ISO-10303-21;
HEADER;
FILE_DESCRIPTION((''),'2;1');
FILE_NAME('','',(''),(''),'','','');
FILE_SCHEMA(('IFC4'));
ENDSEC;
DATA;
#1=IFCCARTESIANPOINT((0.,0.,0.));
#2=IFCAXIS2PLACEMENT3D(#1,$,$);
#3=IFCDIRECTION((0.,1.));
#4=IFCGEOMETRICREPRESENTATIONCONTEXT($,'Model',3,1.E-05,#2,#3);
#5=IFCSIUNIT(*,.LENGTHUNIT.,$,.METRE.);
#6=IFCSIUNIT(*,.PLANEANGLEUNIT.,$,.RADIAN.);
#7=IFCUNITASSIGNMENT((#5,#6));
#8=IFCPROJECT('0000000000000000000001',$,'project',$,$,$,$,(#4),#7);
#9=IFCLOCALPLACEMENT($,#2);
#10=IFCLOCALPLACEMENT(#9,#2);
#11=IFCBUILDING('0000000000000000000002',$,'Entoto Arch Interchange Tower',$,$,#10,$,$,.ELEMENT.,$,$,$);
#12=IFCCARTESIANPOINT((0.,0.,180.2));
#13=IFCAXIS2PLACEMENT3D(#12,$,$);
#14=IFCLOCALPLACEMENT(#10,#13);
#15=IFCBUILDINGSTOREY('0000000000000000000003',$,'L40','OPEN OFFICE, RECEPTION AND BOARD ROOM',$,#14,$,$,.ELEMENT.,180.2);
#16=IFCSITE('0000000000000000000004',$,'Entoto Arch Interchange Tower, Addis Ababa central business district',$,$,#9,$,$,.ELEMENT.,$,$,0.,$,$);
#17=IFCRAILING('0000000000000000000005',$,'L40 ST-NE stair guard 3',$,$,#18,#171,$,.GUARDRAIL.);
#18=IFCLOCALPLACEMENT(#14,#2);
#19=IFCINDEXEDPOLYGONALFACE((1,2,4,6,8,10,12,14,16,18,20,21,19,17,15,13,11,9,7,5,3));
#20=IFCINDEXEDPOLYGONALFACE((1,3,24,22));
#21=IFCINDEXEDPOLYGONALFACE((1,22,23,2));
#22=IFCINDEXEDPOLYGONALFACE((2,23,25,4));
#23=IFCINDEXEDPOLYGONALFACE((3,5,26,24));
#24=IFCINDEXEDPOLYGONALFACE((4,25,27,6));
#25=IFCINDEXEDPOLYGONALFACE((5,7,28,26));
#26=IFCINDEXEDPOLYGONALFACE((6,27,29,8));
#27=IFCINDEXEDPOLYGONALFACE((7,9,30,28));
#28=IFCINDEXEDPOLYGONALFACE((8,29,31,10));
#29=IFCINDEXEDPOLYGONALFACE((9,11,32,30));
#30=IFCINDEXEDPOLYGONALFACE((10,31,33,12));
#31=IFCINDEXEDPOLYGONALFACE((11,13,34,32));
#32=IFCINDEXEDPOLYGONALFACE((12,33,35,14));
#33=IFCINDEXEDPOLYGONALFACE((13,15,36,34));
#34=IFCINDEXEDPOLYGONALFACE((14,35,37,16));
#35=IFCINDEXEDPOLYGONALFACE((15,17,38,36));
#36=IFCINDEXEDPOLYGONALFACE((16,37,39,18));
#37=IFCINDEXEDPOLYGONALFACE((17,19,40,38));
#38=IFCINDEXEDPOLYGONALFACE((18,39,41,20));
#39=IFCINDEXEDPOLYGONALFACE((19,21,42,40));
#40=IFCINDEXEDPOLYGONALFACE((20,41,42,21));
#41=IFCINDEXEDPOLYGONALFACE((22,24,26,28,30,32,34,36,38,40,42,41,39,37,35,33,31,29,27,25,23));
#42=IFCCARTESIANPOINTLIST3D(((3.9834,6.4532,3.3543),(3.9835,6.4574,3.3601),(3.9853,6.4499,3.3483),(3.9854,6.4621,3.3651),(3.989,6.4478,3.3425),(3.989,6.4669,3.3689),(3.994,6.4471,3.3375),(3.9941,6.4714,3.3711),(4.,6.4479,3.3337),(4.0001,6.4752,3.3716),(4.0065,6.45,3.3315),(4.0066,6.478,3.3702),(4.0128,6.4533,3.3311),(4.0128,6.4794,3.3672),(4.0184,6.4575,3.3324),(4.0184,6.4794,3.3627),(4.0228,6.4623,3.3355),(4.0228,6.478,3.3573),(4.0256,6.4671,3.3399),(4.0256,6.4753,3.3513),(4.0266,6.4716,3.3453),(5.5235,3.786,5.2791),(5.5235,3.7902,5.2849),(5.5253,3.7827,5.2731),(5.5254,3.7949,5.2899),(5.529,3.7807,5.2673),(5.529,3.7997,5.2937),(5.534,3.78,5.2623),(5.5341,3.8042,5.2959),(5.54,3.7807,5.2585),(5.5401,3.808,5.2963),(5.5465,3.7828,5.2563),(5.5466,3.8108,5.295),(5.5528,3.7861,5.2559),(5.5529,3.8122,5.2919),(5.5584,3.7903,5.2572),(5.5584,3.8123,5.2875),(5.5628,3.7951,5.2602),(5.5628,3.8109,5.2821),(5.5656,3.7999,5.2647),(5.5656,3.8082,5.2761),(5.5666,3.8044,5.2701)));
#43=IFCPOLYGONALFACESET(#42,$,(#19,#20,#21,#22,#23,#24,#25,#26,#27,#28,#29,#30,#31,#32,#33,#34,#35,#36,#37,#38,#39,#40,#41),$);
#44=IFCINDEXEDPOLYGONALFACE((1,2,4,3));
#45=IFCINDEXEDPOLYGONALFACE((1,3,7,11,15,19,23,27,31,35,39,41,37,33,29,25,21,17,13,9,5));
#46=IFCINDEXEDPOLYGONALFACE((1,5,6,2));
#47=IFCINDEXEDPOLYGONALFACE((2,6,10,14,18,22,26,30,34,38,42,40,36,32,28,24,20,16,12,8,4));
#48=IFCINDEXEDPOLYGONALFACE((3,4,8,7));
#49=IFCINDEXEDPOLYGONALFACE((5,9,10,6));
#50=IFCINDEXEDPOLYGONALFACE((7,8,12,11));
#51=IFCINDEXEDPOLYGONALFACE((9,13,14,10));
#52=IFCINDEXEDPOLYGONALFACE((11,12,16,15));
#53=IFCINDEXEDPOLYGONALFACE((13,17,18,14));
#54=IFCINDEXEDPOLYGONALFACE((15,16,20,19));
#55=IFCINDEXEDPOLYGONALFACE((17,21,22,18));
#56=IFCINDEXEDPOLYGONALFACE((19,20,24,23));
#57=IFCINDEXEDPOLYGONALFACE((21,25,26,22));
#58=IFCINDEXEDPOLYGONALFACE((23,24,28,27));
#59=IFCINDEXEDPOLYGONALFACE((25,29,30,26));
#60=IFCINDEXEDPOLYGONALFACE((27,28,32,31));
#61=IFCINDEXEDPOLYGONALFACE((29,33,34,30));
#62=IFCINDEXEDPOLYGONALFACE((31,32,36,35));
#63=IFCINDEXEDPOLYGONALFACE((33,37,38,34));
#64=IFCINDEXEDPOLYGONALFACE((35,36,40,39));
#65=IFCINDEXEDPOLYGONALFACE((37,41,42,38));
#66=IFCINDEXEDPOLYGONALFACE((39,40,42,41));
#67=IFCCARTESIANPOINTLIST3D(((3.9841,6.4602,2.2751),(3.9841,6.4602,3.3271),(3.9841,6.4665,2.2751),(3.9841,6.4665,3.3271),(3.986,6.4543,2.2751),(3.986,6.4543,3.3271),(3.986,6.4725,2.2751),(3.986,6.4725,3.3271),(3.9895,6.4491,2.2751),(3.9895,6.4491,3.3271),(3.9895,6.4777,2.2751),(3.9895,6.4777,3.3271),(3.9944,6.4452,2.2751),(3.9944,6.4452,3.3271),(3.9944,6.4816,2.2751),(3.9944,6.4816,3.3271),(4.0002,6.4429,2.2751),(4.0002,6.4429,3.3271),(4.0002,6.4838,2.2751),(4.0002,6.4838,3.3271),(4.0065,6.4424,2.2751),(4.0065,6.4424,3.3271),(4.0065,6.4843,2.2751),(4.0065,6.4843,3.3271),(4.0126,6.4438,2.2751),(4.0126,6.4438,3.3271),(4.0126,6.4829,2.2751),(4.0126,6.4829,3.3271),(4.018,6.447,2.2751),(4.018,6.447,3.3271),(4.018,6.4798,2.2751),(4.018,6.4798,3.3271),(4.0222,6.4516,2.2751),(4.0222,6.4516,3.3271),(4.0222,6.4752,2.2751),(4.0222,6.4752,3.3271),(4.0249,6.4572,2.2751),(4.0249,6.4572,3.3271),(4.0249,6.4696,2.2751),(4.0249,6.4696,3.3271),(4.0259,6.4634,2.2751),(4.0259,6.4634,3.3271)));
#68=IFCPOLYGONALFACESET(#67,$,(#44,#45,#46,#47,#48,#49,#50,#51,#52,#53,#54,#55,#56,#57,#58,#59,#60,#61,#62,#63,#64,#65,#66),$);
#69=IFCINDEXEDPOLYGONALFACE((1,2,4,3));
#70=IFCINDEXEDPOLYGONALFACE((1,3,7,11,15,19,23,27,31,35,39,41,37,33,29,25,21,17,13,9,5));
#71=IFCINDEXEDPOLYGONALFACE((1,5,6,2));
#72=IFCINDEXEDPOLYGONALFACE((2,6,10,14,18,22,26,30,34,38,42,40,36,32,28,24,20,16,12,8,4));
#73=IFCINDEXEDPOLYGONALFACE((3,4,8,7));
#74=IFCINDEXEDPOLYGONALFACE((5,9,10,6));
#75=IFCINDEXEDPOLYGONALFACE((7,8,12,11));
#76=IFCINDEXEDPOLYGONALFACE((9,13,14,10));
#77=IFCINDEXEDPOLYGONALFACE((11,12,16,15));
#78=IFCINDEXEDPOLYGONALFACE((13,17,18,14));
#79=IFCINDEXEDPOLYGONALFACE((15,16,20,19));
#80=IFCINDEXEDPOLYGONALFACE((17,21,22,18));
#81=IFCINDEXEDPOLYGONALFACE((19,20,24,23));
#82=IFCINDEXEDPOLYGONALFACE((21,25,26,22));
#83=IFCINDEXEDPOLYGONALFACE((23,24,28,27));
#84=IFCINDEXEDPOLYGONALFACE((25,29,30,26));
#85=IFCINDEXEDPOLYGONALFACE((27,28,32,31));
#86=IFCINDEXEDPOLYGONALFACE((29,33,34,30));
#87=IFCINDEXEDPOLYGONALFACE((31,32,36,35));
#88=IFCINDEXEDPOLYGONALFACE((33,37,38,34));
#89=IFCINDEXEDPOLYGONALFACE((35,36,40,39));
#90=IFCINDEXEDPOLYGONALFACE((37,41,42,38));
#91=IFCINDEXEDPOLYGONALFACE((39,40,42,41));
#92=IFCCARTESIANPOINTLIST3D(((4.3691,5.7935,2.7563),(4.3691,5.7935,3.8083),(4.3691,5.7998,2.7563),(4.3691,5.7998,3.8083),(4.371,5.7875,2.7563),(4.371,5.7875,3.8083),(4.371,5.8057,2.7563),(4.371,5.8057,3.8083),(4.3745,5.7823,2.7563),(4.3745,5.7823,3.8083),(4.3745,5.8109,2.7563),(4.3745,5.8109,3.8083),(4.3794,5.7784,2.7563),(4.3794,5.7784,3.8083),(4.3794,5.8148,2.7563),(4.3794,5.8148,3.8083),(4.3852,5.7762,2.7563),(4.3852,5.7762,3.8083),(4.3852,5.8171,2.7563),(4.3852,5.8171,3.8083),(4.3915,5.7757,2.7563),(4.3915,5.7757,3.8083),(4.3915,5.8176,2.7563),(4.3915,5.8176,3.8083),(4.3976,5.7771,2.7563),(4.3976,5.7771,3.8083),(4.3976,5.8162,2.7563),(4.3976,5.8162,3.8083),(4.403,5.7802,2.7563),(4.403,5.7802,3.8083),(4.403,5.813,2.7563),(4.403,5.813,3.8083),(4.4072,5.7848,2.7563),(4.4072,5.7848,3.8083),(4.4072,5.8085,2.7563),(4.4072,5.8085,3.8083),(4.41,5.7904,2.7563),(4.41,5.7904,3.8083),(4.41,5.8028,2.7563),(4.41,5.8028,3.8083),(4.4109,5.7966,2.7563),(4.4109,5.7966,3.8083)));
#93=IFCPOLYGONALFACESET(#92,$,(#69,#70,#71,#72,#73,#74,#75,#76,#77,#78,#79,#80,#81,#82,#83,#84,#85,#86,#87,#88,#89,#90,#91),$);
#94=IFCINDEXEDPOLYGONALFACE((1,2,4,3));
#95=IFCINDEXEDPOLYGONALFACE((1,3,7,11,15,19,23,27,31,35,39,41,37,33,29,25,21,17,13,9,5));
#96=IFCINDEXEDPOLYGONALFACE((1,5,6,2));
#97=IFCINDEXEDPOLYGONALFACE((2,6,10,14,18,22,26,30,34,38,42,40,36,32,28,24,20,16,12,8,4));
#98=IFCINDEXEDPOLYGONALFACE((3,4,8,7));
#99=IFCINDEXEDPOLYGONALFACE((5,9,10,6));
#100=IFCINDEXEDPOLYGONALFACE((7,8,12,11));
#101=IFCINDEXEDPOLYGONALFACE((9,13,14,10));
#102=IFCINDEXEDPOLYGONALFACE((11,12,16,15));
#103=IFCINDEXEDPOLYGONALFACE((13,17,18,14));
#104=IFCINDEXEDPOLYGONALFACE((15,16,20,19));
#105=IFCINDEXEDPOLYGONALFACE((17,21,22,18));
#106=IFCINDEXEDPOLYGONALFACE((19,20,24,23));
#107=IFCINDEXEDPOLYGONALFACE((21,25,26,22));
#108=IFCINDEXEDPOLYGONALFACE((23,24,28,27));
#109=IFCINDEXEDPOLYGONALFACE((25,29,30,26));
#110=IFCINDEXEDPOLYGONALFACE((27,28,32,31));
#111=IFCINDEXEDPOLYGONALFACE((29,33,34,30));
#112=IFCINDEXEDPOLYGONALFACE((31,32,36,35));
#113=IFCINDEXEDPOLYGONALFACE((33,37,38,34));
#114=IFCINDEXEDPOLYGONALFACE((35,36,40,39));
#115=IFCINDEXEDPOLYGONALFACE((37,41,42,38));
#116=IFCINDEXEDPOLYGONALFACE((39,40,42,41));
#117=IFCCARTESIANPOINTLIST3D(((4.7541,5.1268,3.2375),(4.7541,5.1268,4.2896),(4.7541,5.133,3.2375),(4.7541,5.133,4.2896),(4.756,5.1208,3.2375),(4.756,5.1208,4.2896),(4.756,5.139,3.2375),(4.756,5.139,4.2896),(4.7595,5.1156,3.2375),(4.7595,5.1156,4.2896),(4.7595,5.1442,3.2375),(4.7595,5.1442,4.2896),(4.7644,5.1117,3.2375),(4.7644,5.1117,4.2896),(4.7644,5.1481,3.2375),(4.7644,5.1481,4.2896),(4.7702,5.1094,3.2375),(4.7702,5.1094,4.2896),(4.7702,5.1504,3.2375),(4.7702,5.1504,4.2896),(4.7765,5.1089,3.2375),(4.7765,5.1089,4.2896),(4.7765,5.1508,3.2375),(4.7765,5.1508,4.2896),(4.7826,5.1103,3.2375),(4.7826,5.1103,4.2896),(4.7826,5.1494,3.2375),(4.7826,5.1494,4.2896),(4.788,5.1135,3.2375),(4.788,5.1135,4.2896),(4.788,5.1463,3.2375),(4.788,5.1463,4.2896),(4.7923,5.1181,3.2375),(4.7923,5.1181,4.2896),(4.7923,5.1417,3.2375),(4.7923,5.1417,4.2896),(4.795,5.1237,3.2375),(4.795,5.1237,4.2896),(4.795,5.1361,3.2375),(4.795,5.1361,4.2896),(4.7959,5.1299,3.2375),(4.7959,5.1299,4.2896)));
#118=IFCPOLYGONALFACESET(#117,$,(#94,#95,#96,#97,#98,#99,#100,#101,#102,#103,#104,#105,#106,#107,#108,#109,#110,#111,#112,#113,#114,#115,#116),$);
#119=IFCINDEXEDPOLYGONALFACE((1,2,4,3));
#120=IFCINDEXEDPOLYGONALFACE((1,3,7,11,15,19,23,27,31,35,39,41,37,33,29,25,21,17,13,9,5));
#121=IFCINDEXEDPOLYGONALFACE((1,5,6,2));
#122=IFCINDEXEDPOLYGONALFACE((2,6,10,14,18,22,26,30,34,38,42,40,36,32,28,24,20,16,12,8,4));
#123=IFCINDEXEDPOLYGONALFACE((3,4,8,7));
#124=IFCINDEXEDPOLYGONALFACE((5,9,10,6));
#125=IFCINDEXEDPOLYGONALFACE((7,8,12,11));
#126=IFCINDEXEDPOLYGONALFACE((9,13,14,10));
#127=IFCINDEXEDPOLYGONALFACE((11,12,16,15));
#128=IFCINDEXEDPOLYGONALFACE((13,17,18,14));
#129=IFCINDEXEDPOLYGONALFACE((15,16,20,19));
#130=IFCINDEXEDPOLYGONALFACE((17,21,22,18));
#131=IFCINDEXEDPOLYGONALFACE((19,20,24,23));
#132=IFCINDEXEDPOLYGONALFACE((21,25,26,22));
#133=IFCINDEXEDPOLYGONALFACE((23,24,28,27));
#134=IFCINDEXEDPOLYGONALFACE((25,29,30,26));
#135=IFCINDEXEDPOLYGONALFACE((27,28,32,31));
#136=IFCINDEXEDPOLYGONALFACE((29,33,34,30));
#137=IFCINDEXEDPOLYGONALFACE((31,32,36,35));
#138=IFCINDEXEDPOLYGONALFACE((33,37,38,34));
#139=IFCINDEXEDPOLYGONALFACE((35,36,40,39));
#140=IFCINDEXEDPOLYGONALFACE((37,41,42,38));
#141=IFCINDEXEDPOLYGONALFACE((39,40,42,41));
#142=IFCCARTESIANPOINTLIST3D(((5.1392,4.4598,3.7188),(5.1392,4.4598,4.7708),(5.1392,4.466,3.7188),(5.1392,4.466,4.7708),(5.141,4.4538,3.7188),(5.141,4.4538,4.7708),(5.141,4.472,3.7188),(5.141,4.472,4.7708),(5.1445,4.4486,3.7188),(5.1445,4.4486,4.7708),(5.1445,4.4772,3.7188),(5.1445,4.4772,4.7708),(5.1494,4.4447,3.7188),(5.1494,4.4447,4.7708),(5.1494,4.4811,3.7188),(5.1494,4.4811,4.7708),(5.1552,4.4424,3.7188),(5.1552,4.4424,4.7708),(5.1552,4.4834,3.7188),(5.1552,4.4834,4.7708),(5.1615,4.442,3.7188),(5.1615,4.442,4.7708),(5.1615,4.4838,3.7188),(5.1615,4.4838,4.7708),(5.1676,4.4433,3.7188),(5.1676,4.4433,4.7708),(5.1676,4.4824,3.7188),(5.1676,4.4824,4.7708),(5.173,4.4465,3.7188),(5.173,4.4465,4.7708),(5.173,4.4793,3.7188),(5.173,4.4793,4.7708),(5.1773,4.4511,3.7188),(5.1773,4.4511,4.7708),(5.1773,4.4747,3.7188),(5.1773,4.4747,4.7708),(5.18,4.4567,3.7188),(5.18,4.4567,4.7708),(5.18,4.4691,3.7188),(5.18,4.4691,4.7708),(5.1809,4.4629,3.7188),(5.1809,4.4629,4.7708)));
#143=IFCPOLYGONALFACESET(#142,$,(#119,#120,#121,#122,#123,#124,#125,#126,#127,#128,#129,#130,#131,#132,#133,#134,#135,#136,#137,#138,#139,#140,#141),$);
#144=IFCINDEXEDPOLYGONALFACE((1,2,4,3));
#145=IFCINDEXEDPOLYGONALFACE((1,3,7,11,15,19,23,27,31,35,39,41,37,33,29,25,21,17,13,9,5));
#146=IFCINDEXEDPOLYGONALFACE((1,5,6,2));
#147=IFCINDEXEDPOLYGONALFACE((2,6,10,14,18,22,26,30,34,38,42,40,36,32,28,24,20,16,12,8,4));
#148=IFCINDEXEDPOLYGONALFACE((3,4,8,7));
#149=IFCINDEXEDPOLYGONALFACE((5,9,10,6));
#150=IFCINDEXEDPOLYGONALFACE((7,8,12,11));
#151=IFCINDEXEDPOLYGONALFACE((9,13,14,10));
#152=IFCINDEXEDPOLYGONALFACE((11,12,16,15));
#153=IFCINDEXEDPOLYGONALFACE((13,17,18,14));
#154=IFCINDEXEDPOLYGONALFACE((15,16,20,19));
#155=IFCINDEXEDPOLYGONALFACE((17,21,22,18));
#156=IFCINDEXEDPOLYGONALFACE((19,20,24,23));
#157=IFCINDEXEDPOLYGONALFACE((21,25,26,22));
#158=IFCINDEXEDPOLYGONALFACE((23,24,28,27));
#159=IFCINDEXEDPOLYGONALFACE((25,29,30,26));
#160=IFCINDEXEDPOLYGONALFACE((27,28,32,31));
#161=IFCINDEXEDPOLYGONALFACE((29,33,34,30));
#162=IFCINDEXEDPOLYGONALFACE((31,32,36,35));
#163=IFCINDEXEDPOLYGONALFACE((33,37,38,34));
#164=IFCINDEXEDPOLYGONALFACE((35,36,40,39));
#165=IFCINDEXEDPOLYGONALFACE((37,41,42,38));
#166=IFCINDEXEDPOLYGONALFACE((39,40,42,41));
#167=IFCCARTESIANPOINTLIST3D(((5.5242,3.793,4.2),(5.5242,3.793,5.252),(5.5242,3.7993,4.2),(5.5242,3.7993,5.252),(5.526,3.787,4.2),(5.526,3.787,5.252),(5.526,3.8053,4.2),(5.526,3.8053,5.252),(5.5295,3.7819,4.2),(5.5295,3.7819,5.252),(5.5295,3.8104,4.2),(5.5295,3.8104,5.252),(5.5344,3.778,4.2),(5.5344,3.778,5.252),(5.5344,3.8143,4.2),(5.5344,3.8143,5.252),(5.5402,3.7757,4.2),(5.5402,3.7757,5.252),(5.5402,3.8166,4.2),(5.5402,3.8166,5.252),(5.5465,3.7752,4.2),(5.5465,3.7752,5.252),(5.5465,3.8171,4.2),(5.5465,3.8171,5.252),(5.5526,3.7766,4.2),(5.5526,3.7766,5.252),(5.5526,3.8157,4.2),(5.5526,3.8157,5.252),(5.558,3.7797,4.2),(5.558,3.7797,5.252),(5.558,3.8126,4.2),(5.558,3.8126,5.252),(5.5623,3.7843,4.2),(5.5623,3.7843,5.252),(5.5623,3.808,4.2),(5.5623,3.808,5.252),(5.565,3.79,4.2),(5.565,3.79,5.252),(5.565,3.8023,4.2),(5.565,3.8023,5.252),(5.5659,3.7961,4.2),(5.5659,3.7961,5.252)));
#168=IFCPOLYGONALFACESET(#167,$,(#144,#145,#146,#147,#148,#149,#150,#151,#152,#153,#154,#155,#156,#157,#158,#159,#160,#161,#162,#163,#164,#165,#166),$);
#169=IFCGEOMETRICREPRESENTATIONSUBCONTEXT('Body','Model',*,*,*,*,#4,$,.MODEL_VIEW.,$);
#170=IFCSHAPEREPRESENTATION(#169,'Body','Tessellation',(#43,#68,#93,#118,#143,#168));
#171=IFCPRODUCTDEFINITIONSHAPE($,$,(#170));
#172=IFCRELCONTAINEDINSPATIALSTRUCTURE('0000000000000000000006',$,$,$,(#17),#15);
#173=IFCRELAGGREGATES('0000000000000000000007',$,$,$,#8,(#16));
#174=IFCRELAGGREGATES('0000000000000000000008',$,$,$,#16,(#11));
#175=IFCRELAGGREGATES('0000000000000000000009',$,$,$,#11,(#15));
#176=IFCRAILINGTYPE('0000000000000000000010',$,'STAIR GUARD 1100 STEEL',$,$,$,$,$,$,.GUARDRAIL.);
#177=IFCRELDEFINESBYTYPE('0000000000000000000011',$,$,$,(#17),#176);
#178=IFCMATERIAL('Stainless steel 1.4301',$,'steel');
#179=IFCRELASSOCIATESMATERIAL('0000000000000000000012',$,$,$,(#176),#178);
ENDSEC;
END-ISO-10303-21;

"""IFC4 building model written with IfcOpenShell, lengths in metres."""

from ifc_helpers import new_model, si_unit, direction, frame, origin, origin_2d, place, context, subcontext, project, spatial, circle, extrude, material, type_object, element, save


model = new_model("IFC4")

# Units and contexts
model_context = context("Model", 3, precision=1e-05, world=origin(), true_north=direction((0.0, 1.0)))
body_context = subcontext(model_context, "Body", "Model", "MODEL_VIEW")
ifc_project = project(units=[si_unit("LENGTHUNIT", "METRE"), si_unit("PLANEANGLEUNIT", "RADIAN")], contexts=[model_context])

# Site, building, storey
site_placement = place(None, origin())
site = spatial("IfcSite", under=ifc_project, at=site_placement, Name="Entoto Arch Interchange Tower, Addis Ababa central business district", CompositionType="ELEMENT", RefElevation=0.0)
building_placement = place(site_placement, origin())
building = spatial("IfcBuilding", under=site, at=building_placement, Name="Entoto Arch Interchange Tower", CompositionType="ELEMENT")
storey_placement = place(building_placement, frame((0.0, 0.0, 180.2)))
storey = spatial("IfcBuildingStorey", under=building, at=storey_placement, Name="L40", Description="OPEN OFFICE, RECEPTION AND BOARD ROOM", CompositionType="ELEMENT", Elevation=180.2)

# Railing
ifc_material_1 = material(Name="Stainless steel 1.4301", Category="steel")
railing_type_1 = type_object("IfcRailingType", Name="STAIR GUARD 1100 STEEL", PredefinedType="GUARDRAIL", material=ifc_material_1)
railing_1_placement = place(storey_placement, frame((4.0049, 6.4634, 2.2751)))
element("IfcRailing", 1, at=railing_1_placement, inside=storey, type_object=railing_type_1, Name="L40 ST-NE stair guard 3", PredefinedType="GUARDRAIL", context=body_context, shape_type="SweptSolid", body=[
    extrude(circle(Radius=0.0239, at=origin_2d()), frame((0.0, 0.0, 1.0762), z_axis=(0.424031, -0.73439, 0.529971), x_axis=(0.86601, 0.500027, 0.0)), (0.0, 0.0, 1.0), 3.6318),
    extrude(circle(Radius=0.021, at=origin_2d()), origin(), (0.0, 0.0, 1.0), 1.052),
    extrude(circle(Radius=0.021, at=origin_2d()), frame((0.385, -0.6667, 0.4812)), (0.0, 0.0, 1.0), 1.052),
    extrude(circle(Radius=0.021, at=origin_2d()), frame((0.77, -1.3335, 0.9624)), (0.0, 0.0, 1.0), 1.052),
    extrude(circle(Radius=0.021, at=origin_2d()), frame((1.155, -2.0005, 1.4436)), (0.0, 0.0, 1.0), 1.052),
    extrude(circle(Radius=0.021, at=origin_2d()), frame((1.54, -2.6672, 1.9248)), (0.0, 0.0, 1.0), 1.052),
])

save(model, "model.ifc")
